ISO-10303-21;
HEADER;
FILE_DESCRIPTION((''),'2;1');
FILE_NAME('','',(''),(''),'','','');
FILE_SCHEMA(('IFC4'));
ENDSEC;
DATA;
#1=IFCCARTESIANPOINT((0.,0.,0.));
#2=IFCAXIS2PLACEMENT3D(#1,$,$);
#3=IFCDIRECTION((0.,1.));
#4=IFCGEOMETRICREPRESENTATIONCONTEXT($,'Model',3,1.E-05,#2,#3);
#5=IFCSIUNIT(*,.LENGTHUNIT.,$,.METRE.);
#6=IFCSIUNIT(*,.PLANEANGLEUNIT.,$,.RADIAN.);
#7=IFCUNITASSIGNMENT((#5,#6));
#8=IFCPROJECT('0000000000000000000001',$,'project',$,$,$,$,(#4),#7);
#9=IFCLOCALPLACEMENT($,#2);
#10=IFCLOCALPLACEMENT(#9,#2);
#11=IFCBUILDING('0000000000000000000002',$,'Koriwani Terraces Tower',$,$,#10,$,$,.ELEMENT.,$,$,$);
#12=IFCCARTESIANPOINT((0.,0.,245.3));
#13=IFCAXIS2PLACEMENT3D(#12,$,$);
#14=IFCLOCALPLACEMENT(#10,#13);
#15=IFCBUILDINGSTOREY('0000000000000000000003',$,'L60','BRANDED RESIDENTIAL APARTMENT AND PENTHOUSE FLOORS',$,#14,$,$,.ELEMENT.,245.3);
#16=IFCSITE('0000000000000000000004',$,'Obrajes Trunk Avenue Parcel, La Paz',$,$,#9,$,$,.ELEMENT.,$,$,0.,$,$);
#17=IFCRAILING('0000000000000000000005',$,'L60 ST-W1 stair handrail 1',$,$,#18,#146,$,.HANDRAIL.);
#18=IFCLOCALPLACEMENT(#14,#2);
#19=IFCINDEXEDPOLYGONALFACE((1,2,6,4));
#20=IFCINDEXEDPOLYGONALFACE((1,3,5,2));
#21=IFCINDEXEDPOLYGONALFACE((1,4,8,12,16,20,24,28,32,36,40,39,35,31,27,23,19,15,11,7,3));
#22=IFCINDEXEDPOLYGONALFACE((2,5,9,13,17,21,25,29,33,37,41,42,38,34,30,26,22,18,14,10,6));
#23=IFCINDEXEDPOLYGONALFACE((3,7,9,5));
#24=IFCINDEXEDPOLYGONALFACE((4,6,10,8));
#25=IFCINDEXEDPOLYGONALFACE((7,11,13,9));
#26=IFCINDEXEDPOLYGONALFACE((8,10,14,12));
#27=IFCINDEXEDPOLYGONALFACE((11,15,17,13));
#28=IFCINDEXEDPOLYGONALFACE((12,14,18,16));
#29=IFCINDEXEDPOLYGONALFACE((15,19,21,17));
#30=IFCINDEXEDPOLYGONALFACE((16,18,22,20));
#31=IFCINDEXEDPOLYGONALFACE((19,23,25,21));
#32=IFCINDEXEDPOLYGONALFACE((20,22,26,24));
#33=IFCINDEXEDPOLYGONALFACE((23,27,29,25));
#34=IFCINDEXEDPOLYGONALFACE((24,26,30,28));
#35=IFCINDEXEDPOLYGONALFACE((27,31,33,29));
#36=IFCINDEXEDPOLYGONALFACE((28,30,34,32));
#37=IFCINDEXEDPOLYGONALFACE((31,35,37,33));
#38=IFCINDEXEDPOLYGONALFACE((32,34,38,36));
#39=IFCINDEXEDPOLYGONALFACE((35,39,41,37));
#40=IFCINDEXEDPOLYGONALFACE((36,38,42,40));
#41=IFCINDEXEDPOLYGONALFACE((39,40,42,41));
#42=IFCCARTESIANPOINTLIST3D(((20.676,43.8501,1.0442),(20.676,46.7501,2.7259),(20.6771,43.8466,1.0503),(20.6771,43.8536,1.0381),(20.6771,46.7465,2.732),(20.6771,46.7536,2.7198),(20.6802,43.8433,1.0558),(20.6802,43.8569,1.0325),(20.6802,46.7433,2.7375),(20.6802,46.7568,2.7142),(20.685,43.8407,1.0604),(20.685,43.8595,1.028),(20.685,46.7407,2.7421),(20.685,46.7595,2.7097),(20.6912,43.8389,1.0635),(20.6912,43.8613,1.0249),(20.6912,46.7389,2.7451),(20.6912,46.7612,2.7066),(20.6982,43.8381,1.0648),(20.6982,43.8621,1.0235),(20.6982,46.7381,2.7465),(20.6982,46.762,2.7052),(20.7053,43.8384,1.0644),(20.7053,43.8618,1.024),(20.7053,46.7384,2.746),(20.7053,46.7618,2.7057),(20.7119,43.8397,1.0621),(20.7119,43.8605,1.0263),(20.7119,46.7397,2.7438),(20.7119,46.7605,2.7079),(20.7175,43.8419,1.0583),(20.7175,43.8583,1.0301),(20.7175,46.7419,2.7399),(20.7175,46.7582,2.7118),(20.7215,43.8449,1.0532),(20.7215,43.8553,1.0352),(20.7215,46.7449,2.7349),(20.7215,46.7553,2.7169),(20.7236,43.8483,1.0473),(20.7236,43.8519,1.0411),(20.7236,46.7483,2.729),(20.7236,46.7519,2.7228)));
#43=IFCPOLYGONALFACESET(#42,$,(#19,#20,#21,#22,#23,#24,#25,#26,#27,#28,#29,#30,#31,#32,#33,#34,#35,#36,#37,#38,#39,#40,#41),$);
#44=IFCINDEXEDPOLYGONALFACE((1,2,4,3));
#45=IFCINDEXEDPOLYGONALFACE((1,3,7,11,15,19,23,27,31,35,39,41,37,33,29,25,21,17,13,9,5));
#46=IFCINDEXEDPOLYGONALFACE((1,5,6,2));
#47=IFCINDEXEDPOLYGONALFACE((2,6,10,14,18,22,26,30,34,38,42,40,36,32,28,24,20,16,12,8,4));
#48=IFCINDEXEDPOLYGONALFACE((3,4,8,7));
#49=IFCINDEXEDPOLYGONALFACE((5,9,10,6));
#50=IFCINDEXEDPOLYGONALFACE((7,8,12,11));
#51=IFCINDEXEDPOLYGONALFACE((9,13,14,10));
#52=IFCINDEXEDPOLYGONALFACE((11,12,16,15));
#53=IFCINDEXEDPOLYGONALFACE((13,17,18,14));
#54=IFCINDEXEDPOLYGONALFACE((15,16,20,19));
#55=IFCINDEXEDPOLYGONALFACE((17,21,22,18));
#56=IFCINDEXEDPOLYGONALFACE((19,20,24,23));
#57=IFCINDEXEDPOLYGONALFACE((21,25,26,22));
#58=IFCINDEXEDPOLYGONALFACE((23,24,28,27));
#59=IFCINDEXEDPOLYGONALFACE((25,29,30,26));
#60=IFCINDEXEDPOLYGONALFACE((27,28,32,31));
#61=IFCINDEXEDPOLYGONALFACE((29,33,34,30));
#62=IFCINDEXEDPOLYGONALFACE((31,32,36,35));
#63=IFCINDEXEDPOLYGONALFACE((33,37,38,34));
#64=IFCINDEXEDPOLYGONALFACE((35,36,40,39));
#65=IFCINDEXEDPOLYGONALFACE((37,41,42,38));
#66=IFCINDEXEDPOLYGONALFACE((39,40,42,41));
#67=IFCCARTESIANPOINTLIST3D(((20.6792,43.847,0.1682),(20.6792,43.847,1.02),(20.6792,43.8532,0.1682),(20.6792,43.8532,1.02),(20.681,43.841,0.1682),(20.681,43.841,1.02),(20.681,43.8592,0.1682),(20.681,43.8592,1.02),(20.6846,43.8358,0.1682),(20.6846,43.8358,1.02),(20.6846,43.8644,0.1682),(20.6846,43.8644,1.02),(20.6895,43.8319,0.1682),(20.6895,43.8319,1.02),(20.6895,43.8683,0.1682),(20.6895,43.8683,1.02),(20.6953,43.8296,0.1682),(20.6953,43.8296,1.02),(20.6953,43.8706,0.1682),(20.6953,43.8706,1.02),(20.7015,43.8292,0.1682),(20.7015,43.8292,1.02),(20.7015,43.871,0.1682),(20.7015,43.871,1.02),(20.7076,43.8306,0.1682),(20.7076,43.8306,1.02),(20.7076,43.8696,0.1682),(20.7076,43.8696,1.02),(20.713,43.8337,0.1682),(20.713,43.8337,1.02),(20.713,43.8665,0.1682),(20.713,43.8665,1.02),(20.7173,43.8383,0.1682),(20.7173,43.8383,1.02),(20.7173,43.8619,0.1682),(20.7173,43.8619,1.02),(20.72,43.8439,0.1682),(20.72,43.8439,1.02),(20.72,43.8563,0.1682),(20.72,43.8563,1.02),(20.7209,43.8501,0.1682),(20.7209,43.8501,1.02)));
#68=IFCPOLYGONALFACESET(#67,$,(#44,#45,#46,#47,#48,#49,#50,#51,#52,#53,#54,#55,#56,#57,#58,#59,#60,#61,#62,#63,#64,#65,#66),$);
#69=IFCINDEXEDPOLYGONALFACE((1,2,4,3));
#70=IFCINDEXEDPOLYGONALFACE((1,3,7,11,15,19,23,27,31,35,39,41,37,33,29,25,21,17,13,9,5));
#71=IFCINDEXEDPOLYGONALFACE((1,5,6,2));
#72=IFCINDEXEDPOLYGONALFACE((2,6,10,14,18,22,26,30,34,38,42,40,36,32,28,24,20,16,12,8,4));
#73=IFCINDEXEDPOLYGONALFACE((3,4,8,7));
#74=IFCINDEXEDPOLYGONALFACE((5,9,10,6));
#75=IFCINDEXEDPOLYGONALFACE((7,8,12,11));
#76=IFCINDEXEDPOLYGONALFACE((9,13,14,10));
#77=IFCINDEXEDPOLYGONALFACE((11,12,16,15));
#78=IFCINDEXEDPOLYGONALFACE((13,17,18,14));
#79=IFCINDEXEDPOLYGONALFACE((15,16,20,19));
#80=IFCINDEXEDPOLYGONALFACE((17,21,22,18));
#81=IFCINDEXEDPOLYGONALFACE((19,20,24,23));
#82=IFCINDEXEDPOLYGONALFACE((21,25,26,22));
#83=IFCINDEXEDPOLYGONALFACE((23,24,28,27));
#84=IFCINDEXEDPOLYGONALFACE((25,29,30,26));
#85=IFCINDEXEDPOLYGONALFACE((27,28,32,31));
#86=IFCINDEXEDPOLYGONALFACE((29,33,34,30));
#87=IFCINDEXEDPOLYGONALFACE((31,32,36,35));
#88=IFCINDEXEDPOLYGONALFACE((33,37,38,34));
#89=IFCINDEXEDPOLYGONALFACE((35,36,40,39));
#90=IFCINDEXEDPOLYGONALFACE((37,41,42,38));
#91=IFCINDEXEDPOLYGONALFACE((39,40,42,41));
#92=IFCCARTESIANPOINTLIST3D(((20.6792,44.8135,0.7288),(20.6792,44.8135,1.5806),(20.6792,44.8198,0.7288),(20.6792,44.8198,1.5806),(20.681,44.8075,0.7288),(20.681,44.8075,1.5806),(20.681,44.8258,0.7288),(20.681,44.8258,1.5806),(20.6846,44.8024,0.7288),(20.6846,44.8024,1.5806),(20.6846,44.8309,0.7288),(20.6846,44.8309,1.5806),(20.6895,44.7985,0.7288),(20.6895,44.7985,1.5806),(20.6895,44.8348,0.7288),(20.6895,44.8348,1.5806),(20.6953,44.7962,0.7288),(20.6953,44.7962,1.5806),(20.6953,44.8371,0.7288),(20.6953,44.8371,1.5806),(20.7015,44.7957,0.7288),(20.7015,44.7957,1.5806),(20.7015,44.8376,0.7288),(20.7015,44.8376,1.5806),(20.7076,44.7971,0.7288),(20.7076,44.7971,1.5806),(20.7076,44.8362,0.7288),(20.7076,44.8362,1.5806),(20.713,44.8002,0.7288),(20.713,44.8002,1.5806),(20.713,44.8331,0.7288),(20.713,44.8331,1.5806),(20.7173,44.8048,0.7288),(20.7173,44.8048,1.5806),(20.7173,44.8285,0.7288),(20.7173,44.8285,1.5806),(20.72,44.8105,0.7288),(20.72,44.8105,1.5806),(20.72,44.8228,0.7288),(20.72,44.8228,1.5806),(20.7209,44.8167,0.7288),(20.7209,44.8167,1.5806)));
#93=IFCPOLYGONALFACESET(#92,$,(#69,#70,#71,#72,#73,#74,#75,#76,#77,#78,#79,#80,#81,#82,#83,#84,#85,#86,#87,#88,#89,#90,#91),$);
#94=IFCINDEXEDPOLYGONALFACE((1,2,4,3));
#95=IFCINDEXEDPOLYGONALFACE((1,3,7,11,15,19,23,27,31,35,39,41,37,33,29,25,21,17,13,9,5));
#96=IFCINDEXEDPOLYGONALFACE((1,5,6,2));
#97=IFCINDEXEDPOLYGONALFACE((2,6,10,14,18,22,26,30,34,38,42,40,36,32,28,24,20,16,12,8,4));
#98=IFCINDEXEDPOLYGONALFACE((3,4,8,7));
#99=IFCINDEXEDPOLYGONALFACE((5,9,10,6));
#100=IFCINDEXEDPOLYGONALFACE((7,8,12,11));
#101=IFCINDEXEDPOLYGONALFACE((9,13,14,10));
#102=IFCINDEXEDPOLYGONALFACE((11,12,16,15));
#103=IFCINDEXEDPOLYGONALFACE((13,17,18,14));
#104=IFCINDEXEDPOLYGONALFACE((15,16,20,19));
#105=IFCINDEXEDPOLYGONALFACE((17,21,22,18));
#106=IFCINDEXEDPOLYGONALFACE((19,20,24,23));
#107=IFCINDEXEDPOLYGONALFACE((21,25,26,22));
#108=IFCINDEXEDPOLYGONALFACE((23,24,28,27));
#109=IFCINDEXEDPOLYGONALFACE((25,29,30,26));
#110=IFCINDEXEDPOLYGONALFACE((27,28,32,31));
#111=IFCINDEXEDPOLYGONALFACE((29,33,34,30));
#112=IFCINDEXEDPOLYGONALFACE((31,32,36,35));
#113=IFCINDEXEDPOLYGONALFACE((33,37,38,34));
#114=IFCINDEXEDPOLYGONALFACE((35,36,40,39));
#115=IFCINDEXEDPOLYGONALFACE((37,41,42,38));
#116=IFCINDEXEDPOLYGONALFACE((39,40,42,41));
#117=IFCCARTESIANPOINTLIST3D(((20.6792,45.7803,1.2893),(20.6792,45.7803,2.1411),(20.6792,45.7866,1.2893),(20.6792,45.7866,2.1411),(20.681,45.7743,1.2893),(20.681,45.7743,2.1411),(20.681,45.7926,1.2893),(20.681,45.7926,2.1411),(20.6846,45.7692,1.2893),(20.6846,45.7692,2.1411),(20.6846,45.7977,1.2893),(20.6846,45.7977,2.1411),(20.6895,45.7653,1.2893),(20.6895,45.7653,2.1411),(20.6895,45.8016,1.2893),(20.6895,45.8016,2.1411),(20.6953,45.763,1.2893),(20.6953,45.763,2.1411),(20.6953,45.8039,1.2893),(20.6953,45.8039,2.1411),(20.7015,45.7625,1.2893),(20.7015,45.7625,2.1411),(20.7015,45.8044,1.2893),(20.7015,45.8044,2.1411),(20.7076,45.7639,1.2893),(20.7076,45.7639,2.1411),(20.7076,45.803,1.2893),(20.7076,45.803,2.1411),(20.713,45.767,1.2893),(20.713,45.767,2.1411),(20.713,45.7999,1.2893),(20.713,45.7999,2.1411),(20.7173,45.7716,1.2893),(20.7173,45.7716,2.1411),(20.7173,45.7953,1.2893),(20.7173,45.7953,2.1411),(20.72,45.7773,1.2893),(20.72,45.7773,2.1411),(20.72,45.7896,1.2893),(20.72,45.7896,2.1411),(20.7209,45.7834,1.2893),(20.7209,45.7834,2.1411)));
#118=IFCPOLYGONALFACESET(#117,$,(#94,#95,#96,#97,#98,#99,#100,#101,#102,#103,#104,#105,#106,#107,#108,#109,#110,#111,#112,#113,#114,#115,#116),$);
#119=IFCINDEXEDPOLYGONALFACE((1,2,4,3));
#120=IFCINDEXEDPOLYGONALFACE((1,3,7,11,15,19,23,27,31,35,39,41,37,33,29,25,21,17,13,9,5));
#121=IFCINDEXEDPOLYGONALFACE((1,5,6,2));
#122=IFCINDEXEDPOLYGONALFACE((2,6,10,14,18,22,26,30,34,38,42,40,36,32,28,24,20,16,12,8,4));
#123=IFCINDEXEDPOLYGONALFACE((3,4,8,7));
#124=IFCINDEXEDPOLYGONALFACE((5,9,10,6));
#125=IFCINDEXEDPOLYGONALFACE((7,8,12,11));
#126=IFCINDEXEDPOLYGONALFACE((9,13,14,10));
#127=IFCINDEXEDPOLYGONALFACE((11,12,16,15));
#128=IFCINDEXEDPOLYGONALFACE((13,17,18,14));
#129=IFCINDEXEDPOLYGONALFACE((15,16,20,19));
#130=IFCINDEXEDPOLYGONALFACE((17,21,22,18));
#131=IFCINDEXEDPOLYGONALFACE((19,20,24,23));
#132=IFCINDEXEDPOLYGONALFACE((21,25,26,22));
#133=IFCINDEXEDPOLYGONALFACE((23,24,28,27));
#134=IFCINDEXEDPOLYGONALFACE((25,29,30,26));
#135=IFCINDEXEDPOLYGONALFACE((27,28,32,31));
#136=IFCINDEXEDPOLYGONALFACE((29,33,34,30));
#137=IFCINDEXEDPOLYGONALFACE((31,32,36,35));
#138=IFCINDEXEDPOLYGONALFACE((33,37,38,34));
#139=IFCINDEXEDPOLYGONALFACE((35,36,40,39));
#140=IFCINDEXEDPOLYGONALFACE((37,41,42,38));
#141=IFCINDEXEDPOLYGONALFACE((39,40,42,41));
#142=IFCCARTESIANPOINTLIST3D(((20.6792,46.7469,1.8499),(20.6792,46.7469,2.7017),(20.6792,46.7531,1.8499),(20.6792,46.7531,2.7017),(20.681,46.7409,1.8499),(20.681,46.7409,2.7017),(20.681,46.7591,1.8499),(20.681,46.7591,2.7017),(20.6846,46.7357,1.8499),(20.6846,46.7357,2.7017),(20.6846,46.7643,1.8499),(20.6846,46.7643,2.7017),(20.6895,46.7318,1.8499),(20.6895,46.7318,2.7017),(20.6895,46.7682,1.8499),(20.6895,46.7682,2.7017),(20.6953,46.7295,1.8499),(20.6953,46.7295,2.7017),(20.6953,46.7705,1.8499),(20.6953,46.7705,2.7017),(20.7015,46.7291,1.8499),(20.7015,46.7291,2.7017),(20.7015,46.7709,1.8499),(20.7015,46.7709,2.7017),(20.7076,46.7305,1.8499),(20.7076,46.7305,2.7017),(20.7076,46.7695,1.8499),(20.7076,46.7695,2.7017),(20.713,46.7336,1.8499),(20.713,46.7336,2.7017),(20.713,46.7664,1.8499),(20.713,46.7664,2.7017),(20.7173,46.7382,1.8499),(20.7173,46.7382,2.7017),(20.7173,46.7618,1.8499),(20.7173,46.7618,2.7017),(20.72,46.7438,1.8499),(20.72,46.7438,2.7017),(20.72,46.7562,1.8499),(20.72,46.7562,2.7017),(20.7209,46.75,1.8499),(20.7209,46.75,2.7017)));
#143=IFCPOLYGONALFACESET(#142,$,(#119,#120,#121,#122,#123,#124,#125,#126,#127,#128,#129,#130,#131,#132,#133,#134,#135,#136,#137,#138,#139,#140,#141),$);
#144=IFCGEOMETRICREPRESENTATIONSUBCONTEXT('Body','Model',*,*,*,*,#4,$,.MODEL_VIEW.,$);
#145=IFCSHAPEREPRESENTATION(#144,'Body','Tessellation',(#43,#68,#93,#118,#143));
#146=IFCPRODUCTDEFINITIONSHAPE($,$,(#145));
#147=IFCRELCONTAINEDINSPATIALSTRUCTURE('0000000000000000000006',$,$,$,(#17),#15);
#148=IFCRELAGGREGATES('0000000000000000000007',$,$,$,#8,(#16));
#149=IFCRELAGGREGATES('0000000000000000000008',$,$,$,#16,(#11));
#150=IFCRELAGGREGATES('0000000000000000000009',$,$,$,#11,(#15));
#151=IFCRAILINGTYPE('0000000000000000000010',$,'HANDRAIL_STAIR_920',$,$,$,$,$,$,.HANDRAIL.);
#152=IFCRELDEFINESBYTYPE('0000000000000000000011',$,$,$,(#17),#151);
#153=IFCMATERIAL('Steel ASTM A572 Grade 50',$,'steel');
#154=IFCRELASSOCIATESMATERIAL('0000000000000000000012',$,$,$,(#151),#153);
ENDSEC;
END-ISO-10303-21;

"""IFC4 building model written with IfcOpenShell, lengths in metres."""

from ifc_helpers import new_model, si_unit, direction, frame, origin, origin_2d, place, context, subcontext, project, spatial, circle, extrude, material, type_object, element, save


model = new_model("IFC4")

# Units and contexts
model_context = context("Model", 3, precision=1e-05, world=origin(), true_north=direction((0.0, 1.0)))
body_context = subcontext(model_context, "Body", "Model", "MODEL_VIEW")
ifc_project = project(units=[si_unit("LENGTHUNIT", "METRE"), si_unit("PLANEANGLEUNIT", "RADIAN")], contexts=[model_context])

# Site, building, storey
site_placement = place(None, origin())
site = spatial("IfcSite", under=ifc_project, at=site_placement, Name="Obrajes Trunk Avenue Parcel, La Paz", CompositionType="ELEMENT", RefElevation=0.0)
building_placement = place(site_placement, origin())
building = spatial("IfcBuilding", under=site, at=building_placement, Name="Koriwani Terraces Tower", CompositionType="ELEMENT")
storey_placement = place(building_placement, frame((0.0, 0.0, 245.3)))
storey = spatial("IfcBuildingStorey", under=building, at=storey_placement, Name="L60", Description="BRANDED RESIDENTIAL APARTMENT AND PENTHOUSE FLOORS", CompositionType="ELEMENT", Elevation=245.3)

# Railing
ifc_material_1 = material(Name="Steel ASTM A572 Grade 50", Category="steel")
railing_type_1 = type_object("IfcRailingType", Name="HANDRAIL_STAIR_920", PredefinedType="HANDRAIL", material=ifc_material_1)
railing_1_placement = place(storey_placement, frame((20.7, 43.8501, 0.1682)))
element("IfcRailing", 1, at=railing_1_placement, inside=storey, type_object=railing_type_1, Name="L60 ST-W1 stair handrail 1", PredefinedType="HANDRAIL", context=body_context, shape_type="SweptSolid", body=[
    extrude(circle(Radius=0.0239, at=origin_2d()), frame((0.0, 0.0, 0.876), z_axis=(0.0, 0.86507, 0.501651), x_axis=(-1.0, 0.0, 0.0)), (0.0, 0.0, 1.0), 3.3523),
    extrude(circle(Radius=0.021, at=origin_2d()), origin(), (0.0, 0.0, 1.0), 0.8518),
    extrude(circle(Radius=0.021, at=origin_2d()), frame((0.0, 0.9666, 0.5605)), (0.0, 0.0, 1.0), 0.8518),
    extrude(circle(Radius=0.021, at=origin_2d()), frame((0.0, 1.9333, 1.1211)), (0.0, 0.0, 1.0), 0.8518),
    extrude(circle(Radius=0.021, at=origin_2d()), frame((0.0, 2.8999, 1.6816)), (0.0, 0.0, 1.0), 0.8518),
])

save(model, "model.ifc")
